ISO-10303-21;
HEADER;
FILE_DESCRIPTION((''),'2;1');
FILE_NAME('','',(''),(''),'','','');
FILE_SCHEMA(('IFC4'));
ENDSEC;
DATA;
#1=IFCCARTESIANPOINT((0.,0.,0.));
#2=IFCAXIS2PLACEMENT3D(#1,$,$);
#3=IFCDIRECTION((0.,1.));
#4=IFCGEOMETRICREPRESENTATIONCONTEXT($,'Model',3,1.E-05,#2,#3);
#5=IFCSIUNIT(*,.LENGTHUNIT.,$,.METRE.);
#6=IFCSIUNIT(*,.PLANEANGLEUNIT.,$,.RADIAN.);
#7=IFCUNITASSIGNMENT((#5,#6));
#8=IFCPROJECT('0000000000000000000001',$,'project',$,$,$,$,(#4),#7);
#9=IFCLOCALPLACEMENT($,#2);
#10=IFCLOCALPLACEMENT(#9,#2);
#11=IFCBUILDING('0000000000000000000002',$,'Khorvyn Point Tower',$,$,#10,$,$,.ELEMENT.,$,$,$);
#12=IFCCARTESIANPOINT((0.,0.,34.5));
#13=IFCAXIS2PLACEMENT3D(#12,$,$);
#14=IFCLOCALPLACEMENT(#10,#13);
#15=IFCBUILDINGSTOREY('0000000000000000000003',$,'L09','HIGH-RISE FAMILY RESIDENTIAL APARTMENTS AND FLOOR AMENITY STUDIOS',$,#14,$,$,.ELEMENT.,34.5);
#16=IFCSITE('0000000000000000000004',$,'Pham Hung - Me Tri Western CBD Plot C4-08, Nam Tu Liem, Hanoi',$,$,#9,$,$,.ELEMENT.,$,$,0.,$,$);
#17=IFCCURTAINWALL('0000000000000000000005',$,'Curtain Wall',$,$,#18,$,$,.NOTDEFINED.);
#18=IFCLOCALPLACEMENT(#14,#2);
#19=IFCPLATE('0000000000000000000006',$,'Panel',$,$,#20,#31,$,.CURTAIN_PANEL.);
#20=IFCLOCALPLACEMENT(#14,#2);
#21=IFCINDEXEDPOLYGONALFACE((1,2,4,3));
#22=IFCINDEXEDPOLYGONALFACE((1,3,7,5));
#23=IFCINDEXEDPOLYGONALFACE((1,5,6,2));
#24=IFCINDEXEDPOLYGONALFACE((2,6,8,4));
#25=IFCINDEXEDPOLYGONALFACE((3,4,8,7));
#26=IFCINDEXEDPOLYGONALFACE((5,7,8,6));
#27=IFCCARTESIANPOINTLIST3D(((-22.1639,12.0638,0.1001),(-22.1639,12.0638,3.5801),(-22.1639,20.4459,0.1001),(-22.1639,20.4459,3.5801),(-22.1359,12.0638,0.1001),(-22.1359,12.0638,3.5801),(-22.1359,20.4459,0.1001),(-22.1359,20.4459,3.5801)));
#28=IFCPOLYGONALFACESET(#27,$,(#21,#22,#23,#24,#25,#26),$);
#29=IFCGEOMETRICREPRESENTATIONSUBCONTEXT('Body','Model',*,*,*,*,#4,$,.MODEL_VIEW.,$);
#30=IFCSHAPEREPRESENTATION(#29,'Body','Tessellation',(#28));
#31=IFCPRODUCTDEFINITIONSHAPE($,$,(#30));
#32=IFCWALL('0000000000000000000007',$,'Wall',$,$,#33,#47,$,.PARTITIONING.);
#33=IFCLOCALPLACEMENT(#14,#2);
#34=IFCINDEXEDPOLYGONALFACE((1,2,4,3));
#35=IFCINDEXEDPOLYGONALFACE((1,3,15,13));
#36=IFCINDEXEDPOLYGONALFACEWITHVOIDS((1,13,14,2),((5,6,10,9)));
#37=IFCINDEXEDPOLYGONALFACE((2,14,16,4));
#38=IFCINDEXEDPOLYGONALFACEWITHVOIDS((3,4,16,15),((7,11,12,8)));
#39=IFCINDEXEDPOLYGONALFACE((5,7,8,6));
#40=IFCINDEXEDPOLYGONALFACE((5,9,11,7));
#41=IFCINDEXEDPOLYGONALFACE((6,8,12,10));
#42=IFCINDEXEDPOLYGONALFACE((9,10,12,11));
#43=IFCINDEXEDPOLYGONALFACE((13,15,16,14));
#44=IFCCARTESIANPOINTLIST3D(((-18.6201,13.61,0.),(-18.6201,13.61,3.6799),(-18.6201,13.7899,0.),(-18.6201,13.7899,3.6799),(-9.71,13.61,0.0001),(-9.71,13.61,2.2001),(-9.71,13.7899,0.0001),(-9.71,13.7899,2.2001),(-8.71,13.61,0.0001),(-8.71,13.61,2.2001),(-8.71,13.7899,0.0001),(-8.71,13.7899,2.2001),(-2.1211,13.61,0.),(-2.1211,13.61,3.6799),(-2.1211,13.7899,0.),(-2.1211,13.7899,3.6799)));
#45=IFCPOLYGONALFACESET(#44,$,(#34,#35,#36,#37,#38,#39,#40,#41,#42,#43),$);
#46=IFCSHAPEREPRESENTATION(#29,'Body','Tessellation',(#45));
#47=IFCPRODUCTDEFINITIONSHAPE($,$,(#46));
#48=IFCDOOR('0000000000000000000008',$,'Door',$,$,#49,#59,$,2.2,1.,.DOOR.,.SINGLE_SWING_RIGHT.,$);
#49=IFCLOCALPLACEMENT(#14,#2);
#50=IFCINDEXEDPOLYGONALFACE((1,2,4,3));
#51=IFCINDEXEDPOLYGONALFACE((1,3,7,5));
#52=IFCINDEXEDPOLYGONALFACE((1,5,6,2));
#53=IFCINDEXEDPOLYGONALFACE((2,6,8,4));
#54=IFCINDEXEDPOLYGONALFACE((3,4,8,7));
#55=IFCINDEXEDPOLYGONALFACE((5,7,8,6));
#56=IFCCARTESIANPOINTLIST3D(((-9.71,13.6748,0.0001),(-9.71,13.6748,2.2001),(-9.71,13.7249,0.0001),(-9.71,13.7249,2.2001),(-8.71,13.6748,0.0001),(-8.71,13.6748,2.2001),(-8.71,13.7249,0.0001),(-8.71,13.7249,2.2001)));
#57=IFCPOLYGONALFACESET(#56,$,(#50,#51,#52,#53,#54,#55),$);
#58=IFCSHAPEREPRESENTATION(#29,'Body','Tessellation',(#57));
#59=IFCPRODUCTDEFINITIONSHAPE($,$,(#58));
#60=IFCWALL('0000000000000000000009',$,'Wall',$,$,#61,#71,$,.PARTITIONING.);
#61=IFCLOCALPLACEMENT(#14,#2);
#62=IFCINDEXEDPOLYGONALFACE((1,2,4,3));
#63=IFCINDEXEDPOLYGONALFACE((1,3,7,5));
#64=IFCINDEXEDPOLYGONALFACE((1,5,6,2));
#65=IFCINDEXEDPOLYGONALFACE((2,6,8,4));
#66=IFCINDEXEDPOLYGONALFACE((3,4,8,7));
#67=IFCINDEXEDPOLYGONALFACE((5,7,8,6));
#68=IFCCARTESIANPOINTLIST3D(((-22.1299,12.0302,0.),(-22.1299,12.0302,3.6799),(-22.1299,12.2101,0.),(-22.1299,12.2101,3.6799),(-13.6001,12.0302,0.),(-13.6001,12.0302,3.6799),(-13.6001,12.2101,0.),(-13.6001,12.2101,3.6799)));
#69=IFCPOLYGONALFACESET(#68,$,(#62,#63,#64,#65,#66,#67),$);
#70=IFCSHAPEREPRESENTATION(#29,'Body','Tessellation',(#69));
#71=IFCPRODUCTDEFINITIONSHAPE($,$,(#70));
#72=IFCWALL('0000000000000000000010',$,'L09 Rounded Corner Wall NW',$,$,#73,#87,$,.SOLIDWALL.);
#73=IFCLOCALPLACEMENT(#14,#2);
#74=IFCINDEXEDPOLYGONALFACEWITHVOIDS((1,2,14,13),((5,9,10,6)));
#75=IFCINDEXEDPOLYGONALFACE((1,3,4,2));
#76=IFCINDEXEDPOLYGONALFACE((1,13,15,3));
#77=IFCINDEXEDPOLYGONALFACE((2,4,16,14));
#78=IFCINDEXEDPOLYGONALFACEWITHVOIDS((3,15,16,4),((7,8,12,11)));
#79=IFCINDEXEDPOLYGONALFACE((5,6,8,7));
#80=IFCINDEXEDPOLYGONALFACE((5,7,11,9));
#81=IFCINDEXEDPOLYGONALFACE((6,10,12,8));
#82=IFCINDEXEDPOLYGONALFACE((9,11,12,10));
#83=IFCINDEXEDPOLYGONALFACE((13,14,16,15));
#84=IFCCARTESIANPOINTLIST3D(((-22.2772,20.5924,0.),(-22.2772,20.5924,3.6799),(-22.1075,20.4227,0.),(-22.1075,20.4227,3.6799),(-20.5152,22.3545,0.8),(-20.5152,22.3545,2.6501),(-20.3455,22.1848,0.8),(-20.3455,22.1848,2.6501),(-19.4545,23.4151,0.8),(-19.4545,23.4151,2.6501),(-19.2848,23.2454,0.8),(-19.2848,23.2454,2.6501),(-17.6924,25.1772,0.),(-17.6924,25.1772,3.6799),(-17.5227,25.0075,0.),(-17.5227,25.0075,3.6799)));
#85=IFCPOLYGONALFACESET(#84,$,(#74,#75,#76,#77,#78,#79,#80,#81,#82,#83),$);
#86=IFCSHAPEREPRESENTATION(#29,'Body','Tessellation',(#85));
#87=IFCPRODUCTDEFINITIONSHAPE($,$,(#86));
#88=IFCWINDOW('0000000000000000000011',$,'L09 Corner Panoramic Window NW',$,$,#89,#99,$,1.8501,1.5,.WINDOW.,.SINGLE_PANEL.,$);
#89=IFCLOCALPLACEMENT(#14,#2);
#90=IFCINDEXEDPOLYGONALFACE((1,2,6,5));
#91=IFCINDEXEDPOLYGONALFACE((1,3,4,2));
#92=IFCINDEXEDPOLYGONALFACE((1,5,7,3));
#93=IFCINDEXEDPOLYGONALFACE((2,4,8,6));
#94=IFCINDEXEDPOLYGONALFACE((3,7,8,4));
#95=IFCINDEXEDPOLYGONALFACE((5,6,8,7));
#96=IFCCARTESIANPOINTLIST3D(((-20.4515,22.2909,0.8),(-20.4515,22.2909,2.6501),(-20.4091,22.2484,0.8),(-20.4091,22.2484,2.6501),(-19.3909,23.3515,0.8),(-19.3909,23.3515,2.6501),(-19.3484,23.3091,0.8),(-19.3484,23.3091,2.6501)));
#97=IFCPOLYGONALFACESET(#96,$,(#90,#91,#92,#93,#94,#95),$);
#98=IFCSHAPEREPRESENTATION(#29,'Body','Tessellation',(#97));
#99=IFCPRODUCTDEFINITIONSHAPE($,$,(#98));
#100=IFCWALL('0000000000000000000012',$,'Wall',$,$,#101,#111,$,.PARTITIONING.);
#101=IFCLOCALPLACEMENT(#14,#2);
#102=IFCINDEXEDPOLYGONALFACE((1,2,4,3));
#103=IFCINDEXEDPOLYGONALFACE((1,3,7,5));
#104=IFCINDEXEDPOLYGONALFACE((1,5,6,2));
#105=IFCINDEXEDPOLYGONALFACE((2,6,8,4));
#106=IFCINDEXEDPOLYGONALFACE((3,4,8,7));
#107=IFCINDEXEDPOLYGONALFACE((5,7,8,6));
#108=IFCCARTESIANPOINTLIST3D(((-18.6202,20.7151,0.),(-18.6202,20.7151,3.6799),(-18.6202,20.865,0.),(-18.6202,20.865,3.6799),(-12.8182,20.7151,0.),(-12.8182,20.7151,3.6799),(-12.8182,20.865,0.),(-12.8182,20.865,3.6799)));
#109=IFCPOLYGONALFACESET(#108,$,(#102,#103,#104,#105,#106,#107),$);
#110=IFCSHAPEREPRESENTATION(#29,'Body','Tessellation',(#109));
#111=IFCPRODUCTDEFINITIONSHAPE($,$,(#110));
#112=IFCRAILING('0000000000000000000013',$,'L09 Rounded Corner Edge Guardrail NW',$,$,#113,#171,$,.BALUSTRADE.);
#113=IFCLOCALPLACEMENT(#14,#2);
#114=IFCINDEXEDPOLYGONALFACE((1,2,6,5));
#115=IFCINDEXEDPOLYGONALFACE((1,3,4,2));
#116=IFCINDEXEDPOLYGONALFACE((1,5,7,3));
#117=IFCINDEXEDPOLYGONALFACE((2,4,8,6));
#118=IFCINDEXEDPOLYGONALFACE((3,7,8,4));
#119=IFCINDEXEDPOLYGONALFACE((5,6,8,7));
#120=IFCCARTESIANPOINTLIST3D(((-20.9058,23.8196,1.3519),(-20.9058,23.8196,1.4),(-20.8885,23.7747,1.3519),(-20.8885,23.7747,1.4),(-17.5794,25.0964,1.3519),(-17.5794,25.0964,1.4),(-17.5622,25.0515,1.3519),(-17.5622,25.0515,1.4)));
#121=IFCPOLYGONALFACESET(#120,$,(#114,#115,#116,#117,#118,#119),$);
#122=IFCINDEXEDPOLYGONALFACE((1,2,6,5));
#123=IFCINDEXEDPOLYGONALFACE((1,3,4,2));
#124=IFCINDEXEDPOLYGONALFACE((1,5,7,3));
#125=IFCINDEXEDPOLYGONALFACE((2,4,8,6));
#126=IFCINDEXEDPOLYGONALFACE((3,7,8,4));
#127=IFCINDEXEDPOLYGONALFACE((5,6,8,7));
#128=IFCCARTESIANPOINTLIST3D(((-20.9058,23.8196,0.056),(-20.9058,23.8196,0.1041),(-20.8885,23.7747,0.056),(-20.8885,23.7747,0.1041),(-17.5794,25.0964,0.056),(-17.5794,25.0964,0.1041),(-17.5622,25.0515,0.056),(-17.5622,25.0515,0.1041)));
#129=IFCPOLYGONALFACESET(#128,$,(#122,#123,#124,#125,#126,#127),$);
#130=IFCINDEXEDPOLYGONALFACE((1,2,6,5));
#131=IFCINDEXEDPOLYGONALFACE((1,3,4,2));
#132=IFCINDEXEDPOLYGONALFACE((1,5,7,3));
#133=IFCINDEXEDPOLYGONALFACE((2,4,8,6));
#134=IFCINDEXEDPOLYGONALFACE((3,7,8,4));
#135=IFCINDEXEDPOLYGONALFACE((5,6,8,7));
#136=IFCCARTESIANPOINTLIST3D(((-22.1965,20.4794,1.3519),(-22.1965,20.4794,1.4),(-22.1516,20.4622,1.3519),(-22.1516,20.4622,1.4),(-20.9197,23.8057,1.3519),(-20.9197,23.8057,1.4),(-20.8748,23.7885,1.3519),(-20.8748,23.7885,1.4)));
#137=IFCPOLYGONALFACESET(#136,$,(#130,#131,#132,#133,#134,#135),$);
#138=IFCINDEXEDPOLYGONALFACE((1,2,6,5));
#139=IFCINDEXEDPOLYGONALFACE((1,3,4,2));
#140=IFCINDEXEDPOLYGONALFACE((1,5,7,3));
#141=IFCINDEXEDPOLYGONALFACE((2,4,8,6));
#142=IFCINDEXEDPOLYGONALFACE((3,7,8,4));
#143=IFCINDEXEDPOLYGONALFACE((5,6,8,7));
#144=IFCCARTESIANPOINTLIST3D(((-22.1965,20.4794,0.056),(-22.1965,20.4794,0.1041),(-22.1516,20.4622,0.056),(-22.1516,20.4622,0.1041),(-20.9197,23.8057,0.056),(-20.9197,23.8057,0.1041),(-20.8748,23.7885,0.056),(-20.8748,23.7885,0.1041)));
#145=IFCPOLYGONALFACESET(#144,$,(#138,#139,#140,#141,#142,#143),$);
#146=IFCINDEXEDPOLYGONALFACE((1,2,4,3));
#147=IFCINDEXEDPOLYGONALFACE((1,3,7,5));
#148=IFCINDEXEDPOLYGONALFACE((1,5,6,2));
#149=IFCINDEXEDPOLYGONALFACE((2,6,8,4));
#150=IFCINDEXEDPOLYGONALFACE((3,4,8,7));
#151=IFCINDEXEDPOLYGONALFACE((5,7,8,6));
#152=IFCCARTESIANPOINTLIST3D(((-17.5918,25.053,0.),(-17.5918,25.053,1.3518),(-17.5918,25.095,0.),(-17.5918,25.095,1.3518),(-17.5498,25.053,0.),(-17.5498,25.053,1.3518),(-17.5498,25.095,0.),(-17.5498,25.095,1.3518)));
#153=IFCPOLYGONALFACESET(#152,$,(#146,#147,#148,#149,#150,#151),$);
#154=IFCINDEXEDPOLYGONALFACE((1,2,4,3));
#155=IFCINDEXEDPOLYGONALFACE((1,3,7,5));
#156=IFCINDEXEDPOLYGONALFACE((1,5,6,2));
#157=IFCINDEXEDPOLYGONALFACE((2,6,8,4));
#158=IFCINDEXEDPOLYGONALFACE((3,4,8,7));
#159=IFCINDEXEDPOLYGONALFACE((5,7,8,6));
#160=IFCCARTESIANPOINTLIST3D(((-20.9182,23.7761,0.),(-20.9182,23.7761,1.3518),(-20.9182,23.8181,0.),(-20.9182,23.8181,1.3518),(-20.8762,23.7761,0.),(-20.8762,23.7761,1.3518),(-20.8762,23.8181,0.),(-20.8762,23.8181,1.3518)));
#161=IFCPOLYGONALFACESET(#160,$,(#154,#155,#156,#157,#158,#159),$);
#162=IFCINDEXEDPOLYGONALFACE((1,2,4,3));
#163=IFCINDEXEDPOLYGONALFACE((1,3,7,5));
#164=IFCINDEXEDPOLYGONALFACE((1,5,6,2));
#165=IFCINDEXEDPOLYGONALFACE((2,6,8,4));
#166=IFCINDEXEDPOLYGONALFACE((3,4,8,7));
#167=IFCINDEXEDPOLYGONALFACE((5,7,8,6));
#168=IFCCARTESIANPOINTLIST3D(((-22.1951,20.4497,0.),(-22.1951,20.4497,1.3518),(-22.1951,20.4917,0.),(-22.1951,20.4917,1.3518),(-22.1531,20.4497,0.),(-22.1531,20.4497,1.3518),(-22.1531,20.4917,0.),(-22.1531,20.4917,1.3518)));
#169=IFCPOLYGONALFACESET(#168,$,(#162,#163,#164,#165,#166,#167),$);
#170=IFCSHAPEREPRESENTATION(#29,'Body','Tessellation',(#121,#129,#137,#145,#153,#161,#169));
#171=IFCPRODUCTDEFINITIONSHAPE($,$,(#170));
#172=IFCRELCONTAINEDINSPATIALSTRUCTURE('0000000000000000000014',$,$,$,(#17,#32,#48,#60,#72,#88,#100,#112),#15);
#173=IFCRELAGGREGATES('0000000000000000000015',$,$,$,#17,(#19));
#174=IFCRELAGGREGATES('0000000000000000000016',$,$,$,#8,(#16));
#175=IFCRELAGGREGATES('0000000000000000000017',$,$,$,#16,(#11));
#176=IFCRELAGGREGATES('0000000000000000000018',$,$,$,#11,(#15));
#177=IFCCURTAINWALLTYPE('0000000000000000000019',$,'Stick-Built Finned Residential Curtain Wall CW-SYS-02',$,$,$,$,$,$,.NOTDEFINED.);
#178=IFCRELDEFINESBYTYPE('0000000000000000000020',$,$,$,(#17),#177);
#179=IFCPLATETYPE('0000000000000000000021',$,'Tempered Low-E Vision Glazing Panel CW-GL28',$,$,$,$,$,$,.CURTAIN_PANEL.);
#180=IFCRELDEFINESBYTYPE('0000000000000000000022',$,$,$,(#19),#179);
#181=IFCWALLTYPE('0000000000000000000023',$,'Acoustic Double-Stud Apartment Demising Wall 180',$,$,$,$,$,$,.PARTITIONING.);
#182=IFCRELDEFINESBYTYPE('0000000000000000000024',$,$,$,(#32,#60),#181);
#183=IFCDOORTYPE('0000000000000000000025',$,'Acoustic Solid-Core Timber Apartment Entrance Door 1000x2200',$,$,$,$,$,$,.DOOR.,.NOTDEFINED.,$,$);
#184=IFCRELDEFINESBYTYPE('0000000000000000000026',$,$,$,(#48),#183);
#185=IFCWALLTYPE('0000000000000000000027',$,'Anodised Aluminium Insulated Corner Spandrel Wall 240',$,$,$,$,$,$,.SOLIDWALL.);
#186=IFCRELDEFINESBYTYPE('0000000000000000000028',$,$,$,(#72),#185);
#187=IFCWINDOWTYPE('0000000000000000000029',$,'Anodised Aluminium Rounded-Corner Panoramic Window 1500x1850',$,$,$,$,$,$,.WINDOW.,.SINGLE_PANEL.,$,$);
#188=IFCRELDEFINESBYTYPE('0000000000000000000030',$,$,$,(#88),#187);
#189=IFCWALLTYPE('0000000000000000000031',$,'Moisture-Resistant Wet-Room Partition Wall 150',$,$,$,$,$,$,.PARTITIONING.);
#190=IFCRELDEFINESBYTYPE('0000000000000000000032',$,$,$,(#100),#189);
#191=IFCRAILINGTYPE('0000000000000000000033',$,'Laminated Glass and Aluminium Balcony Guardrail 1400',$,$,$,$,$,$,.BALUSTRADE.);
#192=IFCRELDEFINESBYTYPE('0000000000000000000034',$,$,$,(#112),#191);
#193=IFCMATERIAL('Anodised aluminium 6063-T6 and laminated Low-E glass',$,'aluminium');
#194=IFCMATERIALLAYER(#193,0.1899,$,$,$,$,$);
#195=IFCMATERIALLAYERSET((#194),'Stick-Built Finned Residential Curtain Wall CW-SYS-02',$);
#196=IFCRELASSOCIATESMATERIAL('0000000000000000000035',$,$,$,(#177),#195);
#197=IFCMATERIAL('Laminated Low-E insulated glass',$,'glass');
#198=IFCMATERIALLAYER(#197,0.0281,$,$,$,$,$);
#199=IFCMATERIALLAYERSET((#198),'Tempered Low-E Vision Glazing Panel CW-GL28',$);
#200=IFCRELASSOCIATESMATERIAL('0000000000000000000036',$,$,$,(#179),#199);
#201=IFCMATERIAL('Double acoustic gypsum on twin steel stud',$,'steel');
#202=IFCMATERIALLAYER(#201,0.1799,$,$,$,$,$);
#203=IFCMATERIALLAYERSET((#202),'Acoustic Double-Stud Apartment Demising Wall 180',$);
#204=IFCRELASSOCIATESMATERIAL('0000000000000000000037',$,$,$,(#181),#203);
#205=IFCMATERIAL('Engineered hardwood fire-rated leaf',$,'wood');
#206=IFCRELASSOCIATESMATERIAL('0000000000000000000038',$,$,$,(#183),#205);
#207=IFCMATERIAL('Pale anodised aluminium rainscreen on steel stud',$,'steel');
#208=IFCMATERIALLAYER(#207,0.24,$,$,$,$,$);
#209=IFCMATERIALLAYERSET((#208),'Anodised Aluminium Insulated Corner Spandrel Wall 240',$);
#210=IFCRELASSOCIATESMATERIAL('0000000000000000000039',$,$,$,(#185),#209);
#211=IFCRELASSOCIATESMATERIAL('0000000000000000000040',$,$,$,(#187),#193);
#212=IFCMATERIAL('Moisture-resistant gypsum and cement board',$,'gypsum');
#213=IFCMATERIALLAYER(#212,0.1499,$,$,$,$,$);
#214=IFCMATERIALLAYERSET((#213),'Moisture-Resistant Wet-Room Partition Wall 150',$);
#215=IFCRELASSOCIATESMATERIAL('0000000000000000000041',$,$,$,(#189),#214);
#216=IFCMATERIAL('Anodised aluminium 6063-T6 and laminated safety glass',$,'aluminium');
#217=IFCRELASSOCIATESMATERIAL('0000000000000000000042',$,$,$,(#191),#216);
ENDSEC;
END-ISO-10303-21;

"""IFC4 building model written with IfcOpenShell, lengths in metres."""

from ifc_helpers import new_model, si_unit, direction, frame, frame_2d, origin, origin_2d, place, context, subcontext, project, spatial, rectangle, extrude, material, layer, layer_set, type_object, element, fill, aggregate, save


model = new_model("IFC4")

# Units and contexts
model_context = context("Model", 3, precision=1e-05, world=origin(), true_north=direction((0.0, 1.0)))
body_context = subcontext(model_context, "Body", "Model", "MODEL_VIEW")
ifc_project = project(units=[si_unit("LENGTHUNIT", "METRE"), si_unit("PLANEANGLEUNIT", "RADIAN")], contexts=[model_context])

# Site, building, storey
site_placement = place(None, origin())
site = spatial("IfcSite", under=ifc_project, at=site_placement, Name="Pham Hung - Me Tri Western CBD Plot C4-08, Nam Tu Liem, Hanoi", CompositionType="ELEMENT", RefElevation=0.0)
building_placement = place(site_placement, origin())
building = spatial("IfcBuilding", under=site, at=building_placement, Name="Khorvyn Point Tower", CompositionType="ELEMENT")
storey_placement = place(building_placement, frame((0.0, 0.0, 34.5)))
storey = spatial("IfcBuildingStorey", under=building, at=storey_placement, Name="L09", Description="HIGH-RISE FAMILY RESIDENTIAL APARTMENTS AND FLOOR AMENITY STUDIOS", CompositionType="ELEMENT", Elevation=34.5)

# Curtain wall
ifc_material_1 = material(Name="Anodised aluminium 6063-T6 and laminated Low-E glass", Category="aluminium")
ifc_layer_1 = layer(ifc_material_1, 0.1899)
ifc_layer_set_1 = layer_set([ifc_layer_1], Name="Stick-Built Finned Residential Curtain Wall CW-SYS-02")
curtain_wall_type = type_object("IfcCurtainWallType", Name="Stick-Built Finned Residential Curtain Wall CW-SYS-02", PredefinedType="NOTDEFINED", material=ifc_layer_set_1)
curtain_wall_1_placement = place(storey_placement, origin())
curtain_wall_1 = element("IfcCurtainWall", 1, at=curtain_wall_1_placement, inside=storey, type_object=curtain_wall_type, Name="Curtain Wall", PredefinedType="NOTDEFINED")

# Plate
ifc_material_2 = material(Name="Laminated Low-E insulated glass", Category="glass")
ifc_layer_2 = layer(ifc_material_2, 0.0281)
ifc_layer_set_2 = layer_set([ifc_layer_2], Name="Tempered Low-E Vision Glazing Panel CW-GL28")
plate_type = type_object("IfcPlateType", Name="Tempered Low-E Vision Glazing Panel CW-GL28", PredefinedType="CURTAIN_PANEL", material=ifc_layer_set_2)
plate_1_placement = place(storey_placement, frame((-22.1499, 16.2549, 0.1001), z_axis=(0.0, 0.0, 1.0), x_axis=(0.0, 1.0, 0.0)))
plate_1 = element("IfcPlate", 2, at=plate_1_placement, type_object=plate_type, Name="Panel", PredefinedType="CURTAIN_PANEL", context=body_context, shape_type="SweptSolid", body=[
    extrude(rectangle(XDim=8.3821, YDim=0.0281, at=origin_2d()), origin(), (0.0, 0.0, 1.0), 3.48),
])
aggregate(curtain_wall_1, [plate_1])

# Wall, opening, door
ifc_material_3 = material(Name="Double acoustic gypsum on twin steel stud", Category="steel")
ifc_layer_3 = layer(ifc_material_3, 0.1799)
ifc_layer_set_3 = layer_set([ifc_layer_3], Name="Acoustic Double-Stud Apartment Demising Wall 180")
wall_type_1 = type_object("IfcWallType", Name="Acoustic Double-Stud Apartment Demising Wall 180", PredefinedType="PARTITIONING", material=ifc_layer_set_3)
wall_1_placement = place(storey_placement, frame((-18.6201, 13.7, 0.0), z_axis=(0.0, 0.0, 1.0), x_axis=(1.0, 0.0, 0.0)))
wall_1 = element("IfcWall", 3, at=wall_1_placement, inside=storey, type_object=wall_type_1, Name="Wall", PredefinedType="PARTITIONING", context=body_context, shape_type="SweptSolid", body=[
    extrude(rectangle(XDim=16.499, YDim=0.1799, at=frame_2d((8.2495, 0.0))), origin(), (0.0, 0.0, 1.0), 3.6799),
])
opening_1_placement = place(wall_1_placement, frame((8.9102, 0.0, 0.0)))
opening_1 = element("IfcOpeningElement", 4, at=opening_1_placement, cuts=wall_1, PredefinedType="OPENING", context=body_context, shape_type="SweptSolid", body=[
    extrude(rectangle(XDim=1.0, YDim=2.2, at=frame_2d((0.5, 1.1001))), frame((0.0, 0.0999, 0.0), z_axis=(0.0, -1.0, 0.0), x_axis=(1.0, 0.0, 0.0)), (0.0, 0.0, 1.0), 0.2),
])
ifc_material_4 = material(Name="Engineered hardwood fire-rated leaf", Category="wood")
door_type = type_object("IfcDoorType", Name="Acoustic Solid-Core Timber Apartment Entrance Door 1000x2200", OperationType="NOTDEFINED", PredefinedType="DOOR", material=ifc_material_4)
door_placement = place(opening_1_placement, origin())
door = element("IfcDoor", 5, at=door_placement, inside=storey, type_object=door_type, Name="Door", OperationType="SINGLE_SWING_RIGHT", OverallHeight=2.2, OverallWidth=1.0, PredefinedType="DOOR", context=body_context, shape_type="SweptSolid", body=[
    extrude(rectangle(XDim=1.0, YDim=2.2, at=frame_2d((0.5, 1.1001))), frame((0.0, 0.0249, 0.0), z_axis=(0.0, -1.0, 0.0), x_axis=(1.0, 0.0, 0.0)), (0.0, 0.0, 1.0), 0.05),
])
fill(opening_1, door)

# Wall
wall_2_placement = place(storey_placement, frame((-22.1299, 12.1201, 0.0), z_axis=(0.0, 0.0, 1.0), x_axis=(1.0, 0.0, 0.0)))
element("IfcWall", 6, at=wall_2_placement, inside=storey, type_object=wall_type_1, Name="Wall", PredefinedType="PARTITIONING", context=body_context, shape_type="SweptSolid", body=[
    extrude(rectangle(XDim=8.5298, YDim=0.1799, at=frame_2d((4.2649, 0.0))), origin(), (0.0, 0.0, 1.0), 3.6799),
])

# Wall, opening, window
ifc_material_5 = material(Name="Pale anodised aluminium rainscreen on steel stud", Category="steel")
ifc_layer_4 = layer(ifc_material_5, 0.24)
ifc_layer_set_4 = layer_set([ifc_layer_4], Name="Anodised Aluminium Insulated Corner Spandrel Wall 240")
wall_type_2 = type_object("IfcWallType", Name="Anodised Aluminium Insulated Corner Spandrel Wall 240", PredefinedType="SOLIDWALL", material=ifc_layer_set_4)
wall_3_placement = place(storey_placement, frame((-22.1924, 20.5076, 0.0), z_axis=(0.0, 0.0, 1.0), x_axis=(0.707107, 0.707107, 0.0)))
wall_3 = element("IfcWall", 7, at=wall_3_placement, inside=storey, type_object=wall_type_2, Name="L09 Rounded Corner Wall NW", PredefinedType="SOLIDWALL", context=body_context, shape_type="SweptSolid", body=[
    extrude(rectangle(XDim=6.4839, YDim=0.24, at=frame_2d((3.2419, 0.0))), origin(), (0.0, 0.0, 1.0), 3.6799),
])
opening_2_placement = place(wall_3_placement, frame((2.4919, 0.0, 0.8)))
opening_2 = element("IfcOpeningElement", 8, at=opening_2_placement, cuts=wall_3, PredefinedType="OPENING", context=body_context, shape_type="SweptSolid", body=[
    extrude(rectangle(XDim=1.5, YDim=1.8501, at=frame_2d((0.75, 0.925))), frame((0.0, 0.1299, 0.0), z_axis=(0.0, -1.0, 0.0), x_axis=(1.0, 0.0, 0.0)), (0.0, 0.0, 1.0), 0.26),
])
window_type = type_object("IfcWindowType", Name="Anodised Aluminium Rounded-Corner Panoramic Window 1500x1850", PartitioningType="SINGLE_PANEL", PredefinedType="WINDOW", material=ifc_material_1)
window_placement = place(opening_2_placement, origin())
window = element("IfcWindow", 9, at=window_placement, inside=storey, type_object=window_type, Name="L09 Corner Panoramic Window NW", OverallHeight=1.8501, OverallWidth=1.5, PartitioningType="SINGLE_PANEL", PredefinedType="WINDOW", context=body_context, shape_type="SweptSolid", body=[
    extrude(rectangle(XDim=1.5, YDim=1.8501, at=frame_2d((0.75, 0.925))), frame((0.0, 0.03, 0.0), z_axis=(0.0, -1.0, 0.0), x_axis=(1.0, 0.0, 0.0)), (0.0, 0.0, 1.0), 0.0601),
])
fill(opening_2, window)

# Wall
ifc_material_6 = material(Name="Moisture-resistant gypsum and cement board", Category="gypsum")
ifc_layer_5 = layer(ifc_material_6, 0.1499)
ifc_layer_set_5 = layer_set([ifc_layer_5], Name="Moisture-Resistant Wet-Room Partition Wall 150")
wall_type_3 = type_object("IfcWallType", Name="Moisture-Resistant Wet-Room Partition Wall 150", PredefinedType="PARTITIONING", material=ifc_layer_set_5)
wall_4_placement = place(storey_placement, frame((-18.6201, 20.79, 0.0), z_axis=(0.0, 0.0, 1.0), x_axis=(1.0, 0.0, 0.0)))
element("IfcWall", 10, at=wall_4_placement, inside=storey, type_object=wall_type_3, Name="Wall", PredefinedType="PARTITIONING", context=body_context, shape_type="SweptSolid", body=[
    extrude(rectangle(XDim=5.802, YDim=0.1499, at=frame_2d((2.9009, 0.0))), origin(), (0.0, 0.0, 1.0), 3.6799),
])

# Railing
ifc_material_7 = material(Name="Anodised aluminium 6063-T6 and laminated safety glass", Category="aluminium")
railing_type = type_object("IfcRailingType", Name="Laminated Glass and Aluminium Balcony Guardrail 1400", PredefinedType="BALUSTRADE", material=ifc_material_7)
railing_1_placement = place(storey_placement, frame((-17.5708, 25.074, 0.0)))
element("IfcRailing", 11, at=railing_1_placement, inside=storey, type_object=railing_type, Name="L09 Rounded Corner Edge Guardrail NW", PredefinedType="BALUSTRADE", context=body_context, shape_type="SweptSolid", body=[
    extrude(rectangle(XDim=0.0481, YDim=0.0481, at=origin_2d()), frame((0.0, 0.0, 1.376), z_axis=(-0.933584, -0.358359, 0.0), x_axis=(0.358359, -0.933584, 0.0)), (0.0, 0.0, 1.0), 3.563),
    extrude(rectangle(XDim=0.0481, YDim=0.0481, at=origin_2d()), frame((0.0, 0.0, 0.0801), z_axis=(-0.933584, -0.358359, 0.0), x_axis=(0.358359, -0.933584, 0.0)), (0.0, 0.0, 1.0), 3.563),
    extrude(rectangle(XDim=0.0481, YDim=0.0481, at=origin_2d()), frame((-3.3264, -1.2769, 1.376), z_axis=(-0.358359, -0.933584, 0.0), x_axis=(0.933584, -0.358359, 0.0)), (0.0, 0.0, 1.0), 3.563),
    extrude(rectangle(XDim=0.0481, YDim=0.0481, at=origin_2d()), frame((-3.3264, -1.2769, 0.0801), z_axis=(-0.358359, -0.933584, 0.0), x_axis=(0.933584, -0.358359, 0.0)), (0.0, 0.0, 1.0), 3.563),
    extrude(rectangle(XDim=0.042, YDim=0.042, at=origin_2d()), origin(), (0.0, 0.0, 1.0), 1.3518),
    extrude(rectangle(XDim=0.042, YDim=0.042, at=origin_2d()), frame((-3.3264, -1.2769, 0.0)), (0.0, 0.0, 1.0), 1.3518),
    extrude(rectangle(XDim=0.042, YDim=0.042, at=origin_2d()), frame((-4.6033, -4.6033, 0.0)), (0.0, 0.0, 1.0), 1.3518),
])

save(model, "model.ifc")
